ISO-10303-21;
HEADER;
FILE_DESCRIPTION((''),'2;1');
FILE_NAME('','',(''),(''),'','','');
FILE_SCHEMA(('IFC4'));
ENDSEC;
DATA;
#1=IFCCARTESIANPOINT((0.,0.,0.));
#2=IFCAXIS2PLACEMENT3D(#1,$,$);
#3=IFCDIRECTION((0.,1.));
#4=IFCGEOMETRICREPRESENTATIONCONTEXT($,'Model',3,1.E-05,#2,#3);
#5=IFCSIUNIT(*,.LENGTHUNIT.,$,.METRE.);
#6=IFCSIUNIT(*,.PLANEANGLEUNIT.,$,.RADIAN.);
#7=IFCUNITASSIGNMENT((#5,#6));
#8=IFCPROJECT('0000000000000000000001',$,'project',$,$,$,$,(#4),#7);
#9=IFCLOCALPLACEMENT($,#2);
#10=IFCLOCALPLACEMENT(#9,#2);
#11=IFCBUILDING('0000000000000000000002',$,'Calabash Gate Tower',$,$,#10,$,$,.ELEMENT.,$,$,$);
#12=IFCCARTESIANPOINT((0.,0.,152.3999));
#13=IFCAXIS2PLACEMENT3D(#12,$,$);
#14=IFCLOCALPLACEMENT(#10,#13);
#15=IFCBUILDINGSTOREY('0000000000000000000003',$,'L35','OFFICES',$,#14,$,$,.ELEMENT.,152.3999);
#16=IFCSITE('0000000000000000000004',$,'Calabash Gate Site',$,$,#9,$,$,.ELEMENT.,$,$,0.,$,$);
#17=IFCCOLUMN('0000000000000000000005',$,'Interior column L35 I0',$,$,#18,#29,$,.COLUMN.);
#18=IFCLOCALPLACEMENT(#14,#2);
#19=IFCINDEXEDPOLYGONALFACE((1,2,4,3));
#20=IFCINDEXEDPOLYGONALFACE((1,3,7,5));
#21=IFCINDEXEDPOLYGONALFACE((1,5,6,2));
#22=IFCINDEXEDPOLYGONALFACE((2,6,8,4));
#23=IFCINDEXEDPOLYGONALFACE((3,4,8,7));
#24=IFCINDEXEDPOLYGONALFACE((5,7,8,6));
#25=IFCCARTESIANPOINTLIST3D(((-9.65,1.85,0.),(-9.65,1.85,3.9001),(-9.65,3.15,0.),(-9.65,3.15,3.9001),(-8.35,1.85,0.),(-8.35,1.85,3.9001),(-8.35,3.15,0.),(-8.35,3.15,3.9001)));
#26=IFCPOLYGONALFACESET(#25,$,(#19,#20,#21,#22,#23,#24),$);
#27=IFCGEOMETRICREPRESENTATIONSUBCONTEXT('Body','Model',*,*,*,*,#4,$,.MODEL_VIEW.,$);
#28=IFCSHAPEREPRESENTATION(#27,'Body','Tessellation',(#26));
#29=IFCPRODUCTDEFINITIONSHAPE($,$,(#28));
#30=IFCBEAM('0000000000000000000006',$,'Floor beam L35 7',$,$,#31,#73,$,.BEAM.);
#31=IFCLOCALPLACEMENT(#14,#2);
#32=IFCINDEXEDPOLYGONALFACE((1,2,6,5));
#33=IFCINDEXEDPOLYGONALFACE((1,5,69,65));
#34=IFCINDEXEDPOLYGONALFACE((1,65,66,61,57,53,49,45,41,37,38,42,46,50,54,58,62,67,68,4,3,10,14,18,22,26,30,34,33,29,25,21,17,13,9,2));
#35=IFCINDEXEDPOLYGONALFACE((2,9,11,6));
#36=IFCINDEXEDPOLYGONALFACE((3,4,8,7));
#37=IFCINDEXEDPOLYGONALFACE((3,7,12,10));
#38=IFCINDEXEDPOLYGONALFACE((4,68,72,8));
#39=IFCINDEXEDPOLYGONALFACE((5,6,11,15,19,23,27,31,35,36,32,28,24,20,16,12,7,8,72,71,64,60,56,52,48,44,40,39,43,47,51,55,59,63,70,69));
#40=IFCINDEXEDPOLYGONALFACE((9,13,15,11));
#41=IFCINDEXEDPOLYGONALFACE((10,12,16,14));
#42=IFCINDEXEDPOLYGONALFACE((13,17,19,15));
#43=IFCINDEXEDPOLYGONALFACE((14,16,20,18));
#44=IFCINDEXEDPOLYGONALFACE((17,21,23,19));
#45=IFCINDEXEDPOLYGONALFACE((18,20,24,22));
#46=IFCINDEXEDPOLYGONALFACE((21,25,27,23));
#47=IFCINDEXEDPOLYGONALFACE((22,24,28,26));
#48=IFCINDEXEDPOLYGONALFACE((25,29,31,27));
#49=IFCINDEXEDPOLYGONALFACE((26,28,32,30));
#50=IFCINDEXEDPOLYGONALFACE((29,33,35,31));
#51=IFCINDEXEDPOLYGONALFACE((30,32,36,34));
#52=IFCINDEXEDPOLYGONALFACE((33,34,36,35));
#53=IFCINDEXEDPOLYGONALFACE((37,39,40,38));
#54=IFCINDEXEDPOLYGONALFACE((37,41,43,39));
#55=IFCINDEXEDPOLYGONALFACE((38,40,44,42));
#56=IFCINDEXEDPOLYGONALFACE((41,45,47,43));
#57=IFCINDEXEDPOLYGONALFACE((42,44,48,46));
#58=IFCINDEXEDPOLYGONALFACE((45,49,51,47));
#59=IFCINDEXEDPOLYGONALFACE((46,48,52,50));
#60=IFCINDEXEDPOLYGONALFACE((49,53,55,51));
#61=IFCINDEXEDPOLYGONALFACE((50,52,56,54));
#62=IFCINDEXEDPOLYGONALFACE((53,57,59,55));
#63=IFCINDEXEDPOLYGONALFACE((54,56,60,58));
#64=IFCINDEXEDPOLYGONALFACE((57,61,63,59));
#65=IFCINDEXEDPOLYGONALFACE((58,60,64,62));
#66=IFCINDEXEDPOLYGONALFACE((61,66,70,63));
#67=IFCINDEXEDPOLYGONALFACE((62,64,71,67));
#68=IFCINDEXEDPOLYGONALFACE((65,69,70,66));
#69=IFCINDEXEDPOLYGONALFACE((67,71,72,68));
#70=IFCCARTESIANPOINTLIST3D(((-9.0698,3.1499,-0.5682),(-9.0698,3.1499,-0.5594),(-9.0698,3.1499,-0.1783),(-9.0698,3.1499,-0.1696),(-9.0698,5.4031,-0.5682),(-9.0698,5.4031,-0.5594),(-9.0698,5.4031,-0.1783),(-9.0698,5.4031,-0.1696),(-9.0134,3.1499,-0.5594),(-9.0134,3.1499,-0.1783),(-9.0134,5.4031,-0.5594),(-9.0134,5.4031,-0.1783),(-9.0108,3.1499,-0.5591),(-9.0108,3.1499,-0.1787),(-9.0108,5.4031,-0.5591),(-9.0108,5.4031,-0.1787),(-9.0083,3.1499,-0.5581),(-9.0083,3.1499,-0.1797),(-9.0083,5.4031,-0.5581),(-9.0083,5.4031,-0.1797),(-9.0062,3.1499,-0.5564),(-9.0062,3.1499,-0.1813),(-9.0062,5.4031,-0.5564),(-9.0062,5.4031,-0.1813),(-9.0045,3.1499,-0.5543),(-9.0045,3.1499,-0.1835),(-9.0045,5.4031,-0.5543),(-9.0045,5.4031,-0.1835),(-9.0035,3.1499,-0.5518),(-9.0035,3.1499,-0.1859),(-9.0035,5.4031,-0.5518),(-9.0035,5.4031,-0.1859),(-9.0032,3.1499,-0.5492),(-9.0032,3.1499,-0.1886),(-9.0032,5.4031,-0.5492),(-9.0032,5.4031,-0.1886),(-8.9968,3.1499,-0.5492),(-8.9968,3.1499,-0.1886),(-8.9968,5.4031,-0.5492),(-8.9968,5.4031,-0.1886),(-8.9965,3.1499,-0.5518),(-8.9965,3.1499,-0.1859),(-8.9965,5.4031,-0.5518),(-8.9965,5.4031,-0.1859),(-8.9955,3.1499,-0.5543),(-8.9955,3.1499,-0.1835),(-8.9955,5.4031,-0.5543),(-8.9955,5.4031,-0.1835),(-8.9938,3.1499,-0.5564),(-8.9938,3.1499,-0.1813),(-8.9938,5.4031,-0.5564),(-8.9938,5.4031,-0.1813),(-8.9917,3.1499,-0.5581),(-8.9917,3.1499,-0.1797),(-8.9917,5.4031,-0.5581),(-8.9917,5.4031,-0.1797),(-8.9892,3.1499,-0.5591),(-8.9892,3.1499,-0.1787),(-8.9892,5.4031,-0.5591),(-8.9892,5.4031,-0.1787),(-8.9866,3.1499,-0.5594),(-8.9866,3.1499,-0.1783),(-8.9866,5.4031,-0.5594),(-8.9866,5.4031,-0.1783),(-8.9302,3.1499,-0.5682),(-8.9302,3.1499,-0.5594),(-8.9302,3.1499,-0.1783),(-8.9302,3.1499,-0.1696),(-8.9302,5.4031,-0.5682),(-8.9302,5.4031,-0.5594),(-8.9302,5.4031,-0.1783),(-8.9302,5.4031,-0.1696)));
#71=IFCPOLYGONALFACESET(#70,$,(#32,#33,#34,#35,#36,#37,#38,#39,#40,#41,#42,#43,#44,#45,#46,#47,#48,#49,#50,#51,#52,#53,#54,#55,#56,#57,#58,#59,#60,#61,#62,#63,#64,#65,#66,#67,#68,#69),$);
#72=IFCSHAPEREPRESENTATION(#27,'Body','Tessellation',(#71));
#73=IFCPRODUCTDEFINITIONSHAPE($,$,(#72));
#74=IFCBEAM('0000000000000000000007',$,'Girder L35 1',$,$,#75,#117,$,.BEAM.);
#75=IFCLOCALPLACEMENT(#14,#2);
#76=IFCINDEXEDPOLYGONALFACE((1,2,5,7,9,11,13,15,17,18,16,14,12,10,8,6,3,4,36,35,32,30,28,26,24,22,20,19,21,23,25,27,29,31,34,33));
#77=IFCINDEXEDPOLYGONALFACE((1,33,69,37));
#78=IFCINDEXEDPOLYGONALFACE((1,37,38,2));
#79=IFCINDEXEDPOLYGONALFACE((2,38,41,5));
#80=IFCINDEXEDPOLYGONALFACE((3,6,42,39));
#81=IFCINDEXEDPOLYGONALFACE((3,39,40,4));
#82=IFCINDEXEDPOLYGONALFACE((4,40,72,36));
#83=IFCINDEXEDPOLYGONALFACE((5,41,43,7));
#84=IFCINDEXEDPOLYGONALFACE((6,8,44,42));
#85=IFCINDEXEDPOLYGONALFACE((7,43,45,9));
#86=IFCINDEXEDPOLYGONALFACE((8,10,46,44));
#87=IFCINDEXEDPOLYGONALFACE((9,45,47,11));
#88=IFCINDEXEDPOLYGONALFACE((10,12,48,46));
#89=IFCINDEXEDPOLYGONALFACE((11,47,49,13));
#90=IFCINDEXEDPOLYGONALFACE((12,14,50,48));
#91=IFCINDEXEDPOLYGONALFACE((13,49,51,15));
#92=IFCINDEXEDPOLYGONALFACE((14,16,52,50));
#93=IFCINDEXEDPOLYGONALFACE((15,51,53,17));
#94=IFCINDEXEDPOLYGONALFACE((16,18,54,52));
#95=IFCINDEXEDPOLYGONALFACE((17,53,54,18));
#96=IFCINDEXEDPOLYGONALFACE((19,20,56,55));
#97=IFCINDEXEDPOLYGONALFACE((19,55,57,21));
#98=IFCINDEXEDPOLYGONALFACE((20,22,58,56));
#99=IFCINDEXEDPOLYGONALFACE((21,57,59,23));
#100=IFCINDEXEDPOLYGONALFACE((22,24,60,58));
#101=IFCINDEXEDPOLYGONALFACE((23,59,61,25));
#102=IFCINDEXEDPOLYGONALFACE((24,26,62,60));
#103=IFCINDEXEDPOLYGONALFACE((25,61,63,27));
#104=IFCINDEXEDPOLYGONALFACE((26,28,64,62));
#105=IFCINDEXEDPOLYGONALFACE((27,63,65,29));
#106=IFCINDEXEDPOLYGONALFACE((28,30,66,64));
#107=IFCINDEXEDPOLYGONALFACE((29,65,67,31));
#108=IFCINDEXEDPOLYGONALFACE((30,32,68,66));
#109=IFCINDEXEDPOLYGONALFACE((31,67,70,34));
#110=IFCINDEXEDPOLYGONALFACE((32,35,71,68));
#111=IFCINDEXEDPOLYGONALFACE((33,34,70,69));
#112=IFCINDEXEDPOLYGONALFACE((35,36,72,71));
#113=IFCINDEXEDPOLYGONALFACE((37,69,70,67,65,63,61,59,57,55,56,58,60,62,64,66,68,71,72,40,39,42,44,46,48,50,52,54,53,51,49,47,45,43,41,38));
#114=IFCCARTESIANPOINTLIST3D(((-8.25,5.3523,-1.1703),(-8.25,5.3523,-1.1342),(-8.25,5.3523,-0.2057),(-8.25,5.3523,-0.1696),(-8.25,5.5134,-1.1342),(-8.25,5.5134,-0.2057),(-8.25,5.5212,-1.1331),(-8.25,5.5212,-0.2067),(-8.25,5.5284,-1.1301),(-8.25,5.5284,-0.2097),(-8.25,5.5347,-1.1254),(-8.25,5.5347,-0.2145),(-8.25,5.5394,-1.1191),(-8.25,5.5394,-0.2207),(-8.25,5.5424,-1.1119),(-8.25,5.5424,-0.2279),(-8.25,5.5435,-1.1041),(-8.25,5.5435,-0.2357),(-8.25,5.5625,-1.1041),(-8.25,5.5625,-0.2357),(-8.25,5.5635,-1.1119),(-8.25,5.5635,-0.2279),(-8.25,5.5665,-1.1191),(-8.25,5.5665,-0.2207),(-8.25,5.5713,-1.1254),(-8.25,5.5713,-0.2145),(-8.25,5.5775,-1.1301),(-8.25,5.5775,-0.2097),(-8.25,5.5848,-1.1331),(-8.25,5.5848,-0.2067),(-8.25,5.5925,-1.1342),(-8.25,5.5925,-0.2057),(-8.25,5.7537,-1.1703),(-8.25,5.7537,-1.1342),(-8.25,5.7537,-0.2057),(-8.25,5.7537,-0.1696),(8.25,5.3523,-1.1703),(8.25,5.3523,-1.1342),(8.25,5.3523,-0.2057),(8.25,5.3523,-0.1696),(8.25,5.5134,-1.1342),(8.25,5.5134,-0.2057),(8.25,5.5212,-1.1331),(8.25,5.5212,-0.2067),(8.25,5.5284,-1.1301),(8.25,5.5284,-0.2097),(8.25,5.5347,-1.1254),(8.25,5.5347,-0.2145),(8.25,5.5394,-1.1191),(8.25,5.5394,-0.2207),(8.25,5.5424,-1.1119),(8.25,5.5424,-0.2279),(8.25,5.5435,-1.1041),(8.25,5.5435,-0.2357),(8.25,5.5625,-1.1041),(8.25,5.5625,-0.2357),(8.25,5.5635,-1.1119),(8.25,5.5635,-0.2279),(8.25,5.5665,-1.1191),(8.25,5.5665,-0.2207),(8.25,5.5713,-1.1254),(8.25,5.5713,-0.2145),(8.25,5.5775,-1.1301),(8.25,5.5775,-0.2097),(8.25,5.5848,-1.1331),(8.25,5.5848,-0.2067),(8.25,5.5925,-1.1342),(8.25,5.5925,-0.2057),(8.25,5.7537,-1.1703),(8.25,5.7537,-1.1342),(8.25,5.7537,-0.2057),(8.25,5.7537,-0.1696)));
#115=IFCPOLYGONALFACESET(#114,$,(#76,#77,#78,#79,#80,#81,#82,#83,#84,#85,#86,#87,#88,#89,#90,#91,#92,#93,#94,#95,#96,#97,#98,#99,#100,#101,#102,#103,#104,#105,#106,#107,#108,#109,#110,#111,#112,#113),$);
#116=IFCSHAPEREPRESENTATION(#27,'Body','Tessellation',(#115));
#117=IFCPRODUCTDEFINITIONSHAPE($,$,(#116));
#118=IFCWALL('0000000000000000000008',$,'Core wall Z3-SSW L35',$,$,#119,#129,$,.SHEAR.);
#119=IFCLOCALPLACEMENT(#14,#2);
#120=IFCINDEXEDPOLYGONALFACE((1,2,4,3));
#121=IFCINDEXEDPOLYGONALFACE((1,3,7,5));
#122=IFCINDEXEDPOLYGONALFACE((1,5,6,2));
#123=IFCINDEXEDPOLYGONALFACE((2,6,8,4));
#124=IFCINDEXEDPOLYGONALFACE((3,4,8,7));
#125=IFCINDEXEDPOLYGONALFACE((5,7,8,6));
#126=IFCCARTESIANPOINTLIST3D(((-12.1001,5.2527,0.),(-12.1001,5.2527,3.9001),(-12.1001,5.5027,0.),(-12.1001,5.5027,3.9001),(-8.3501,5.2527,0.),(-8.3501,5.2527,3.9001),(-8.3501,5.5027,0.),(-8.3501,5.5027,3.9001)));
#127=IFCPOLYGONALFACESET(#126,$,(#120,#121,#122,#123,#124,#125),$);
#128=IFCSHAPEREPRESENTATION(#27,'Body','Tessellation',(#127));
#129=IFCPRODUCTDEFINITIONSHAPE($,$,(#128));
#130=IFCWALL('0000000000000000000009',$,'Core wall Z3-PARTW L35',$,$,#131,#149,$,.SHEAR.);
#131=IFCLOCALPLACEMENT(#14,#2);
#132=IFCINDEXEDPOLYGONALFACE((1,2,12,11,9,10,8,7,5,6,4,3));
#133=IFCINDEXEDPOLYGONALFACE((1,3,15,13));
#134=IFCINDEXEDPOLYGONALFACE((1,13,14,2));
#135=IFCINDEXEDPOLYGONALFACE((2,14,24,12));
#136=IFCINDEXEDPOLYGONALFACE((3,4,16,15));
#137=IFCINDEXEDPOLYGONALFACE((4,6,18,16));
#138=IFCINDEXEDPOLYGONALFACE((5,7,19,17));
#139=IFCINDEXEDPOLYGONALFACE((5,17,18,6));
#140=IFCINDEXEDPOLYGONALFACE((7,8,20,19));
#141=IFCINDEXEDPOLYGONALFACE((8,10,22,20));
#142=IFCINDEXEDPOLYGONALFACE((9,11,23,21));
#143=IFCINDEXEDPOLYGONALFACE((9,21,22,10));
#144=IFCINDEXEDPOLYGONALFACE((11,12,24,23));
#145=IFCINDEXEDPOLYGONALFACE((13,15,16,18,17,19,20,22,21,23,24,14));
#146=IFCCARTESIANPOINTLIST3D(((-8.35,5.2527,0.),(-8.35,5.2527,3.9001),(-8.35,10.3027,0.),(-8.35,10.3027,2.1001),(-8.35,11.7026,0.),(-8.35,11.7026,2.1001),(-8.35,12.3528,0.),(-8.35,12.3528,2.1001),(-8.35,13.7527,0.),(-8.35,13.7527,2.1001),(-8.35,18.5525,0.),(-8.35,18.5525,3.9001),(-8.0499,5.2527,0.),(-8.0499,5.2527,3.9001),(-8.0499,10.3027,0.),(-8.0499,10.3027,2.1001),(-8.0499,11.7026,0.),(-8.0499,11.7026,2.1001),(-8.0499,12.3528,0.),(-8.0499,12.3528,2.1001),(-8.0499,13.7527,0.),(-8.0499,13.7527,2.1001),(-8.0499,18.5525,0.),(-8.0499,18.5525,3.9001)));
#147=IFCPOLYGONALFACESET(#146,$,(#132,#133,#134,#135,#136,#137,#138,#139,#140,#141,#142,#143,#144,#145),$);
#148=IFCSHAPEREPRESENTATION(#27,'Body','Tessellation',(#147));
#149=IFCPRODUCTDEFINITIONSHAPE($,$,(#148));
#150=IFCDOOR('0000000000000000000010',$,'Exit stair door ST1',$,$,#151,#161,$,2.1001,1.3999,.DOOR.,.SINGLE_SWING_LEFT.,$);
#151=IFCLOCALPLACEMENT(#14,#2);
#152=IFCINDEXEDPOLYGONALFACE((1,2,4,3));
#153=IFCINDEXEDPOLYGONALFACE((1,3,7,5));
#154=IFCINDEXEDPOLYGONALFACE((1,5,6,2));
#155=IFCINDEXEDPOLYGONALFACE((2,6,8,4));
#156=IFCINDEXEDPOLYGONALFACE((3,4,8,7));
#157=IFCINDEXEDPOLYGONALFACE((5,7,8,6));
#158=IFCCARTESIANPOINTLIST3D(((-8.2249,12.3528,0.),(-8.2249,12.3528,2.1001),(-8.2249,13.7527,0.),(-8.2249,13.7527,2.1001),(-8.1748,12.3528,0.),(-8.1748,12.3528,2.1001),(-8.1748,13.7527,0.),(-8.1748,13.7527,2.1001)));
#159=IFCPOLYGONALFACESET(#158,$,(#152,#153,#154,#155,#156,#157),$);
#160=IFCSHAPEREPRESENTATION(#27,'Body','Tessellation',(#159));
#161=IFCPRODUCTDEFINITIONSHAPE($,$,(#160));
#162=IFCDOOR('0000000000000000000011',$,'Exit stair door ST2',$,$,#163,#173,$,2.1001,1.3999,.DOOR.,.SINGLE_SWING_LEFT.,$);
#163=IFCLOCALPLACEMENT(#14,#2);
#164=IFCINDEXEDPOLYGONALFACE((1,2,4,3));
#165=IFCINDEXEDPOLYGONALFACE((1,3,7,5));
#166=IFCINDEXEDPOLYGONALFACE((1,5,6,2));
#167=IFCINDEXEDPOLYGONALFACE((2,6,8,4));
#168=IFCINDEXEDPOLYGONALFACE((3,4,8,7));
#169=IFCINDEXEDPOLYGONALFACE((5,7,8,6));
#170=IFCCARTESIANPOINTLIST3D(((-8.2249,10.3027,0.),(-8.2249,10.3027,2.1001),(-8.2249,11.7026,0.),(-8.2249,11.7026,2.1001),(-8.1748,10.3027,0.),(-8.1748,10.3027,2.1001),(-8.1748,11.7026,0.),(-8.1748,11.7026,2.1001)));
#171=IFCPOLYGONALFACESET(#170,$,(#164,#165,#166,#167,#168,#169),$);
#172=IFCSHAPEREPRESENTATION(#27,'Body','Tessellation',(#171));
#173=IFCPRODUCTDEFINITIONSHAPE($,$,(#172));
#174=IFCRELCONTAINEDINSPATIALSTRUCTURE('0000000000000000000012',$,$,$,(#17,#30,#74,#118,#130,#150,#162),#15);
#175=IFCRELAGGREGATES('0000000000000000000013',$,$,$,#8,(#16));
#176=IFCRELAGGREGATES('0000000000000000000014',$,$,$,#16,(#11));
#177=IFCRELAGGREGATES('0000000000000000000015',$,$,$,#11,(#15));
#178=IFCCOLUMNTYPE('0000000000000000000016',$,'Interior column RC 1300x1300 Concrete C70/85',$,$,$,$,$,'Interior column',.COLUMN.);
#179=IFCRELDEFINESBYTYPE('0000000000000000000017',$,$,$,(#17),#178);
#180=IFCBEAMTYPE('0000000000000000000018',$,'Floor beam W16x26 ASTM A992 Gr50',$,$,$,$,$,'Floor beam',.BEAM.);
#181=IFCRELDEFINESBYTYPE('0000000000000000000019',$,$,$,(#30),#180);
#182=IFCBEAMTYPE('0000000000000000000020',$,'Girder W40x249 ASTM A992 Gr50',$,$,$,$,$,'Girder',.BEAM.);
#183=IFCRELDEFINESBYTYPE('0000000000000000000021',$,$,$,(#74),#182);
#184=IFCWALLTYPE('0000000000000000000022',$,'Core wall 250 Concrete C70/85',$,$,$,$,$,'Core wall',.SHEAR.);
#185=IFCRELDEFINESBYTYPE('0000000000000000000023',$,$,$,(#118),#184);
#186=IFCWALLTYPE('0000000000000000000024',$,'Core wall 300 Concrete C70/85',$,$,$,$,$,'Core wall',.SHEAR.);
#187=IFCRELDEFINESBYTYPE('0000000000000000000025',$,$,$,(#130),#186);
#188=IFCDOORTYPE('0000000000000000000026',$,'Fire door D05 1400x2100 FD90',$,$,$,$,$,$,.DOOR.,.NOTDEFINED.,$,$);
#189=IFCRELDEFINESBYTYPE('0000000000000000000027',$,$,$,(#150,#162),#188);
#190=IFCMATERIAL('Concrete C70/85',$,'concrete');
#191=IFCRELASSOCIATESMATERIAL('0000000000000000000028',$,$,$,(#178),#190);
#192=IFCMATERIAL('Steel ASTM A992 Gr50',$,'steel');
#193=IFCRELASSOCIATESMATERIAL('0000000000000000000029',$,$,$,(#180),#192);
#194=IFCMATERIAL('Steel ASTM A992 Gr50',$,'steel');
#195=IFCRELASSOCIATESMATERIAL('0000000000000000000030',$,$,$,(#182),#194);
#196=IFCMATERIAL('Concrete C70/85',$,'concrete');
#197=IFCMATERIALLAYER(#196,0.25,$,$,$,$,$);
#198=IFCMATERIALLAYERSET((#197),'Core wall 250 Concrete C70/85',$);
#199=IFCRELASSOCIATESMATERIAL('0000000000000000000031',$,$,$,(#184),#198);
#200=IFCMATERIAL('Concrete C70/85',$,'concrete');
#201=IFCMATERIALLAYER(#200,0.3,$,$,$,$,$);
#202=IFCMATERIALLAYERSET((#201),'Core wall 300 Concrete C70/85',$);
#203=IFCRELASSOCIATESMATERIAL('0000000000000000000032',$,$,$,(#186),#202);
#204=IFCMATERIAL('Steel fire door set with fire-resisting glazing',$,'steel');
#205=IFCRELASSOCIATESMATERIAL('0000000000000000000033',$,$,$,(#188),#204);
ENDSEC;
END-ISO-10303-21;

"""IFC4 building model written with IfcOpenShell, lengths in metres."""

from ifc_helpers import new_model, si_unit, direction, frame, frame_2d, origin, origin_2d, place, context, subcontext, project, spatial, rectangle, i_section, extrude, material, layer, layer_set, material_profile, profile_set, type_object, element, fill, save


model = new_model("IFC4")

# Units and contexts
model_context = context("Model", 3, precision=1e-05, world=origin(), true_north=direction((0.0, 1.0)))
body_context = subcontext(model_context, "Body", "Model", "MODEL_VIEW")
ifc_project = project(units=[si_unit("LENGTHUNIT", "METRE"), si_unit("PLANEANGLEUNIT", "RADIAN")], contexts=[model_context])

# Site, building, storey
site_placement = place(None, origin())
site = spatial("IfcSite", under=ifc_project, at=site_placement, Name="Calabash Gate Site", CompositionType="ELEMENT", RefElevation=0.0)
building_placement = place(site_placement, origin())
building = spatial("IfcBuilding", under=site, at=building_placement, Name="Calabash Gate Tower", CompositionType="ELEMENT")
storey_placement = place(building_placement, frame((0.0, 0.0, 152.3999)))
storey = spatial("IfcBuildingStorey", under=building, at=storey_placement, Name="L35", Description="OFFICES", CompositionType="ELEMENT", Elevation=152.3999)

# Column
ifc_material_1 = material(Name="Concrete C70/85", Category="concrete")
ifc_material_profile_1 = material_profile(ifc_material_1, rectangle(XDim=1.3, YDim=1.3, at=origin_2d()))
ifc_profile_set_1 = profile_set([ifc_material_profile_1], Name="Concrete C70/85")
column_type = type_object("IfcColumnType", Name="Interior column RC 1300x1300 Concrete C70/85", ElementType="Interior column", PredefinedType="COLUMN", material=ifc_profile_set_1)
column_placement = place(storey_placement, frame((-9.0, 2.5, 0.0), z_axis=(0.0, 0.0, 1.0), x_axis=(1.0, 0.0, 0.0)))
element("IfcColumn", 1, at=column_placement, inside=storey, type_object=column_type, Name="Interior column L35 I0", PredefinedType="COLUMN", context=body_context, shape_type="SweptSolid", body=[
    extrude(rectangle(XDim=1.3, YDim=1.3, at=origin_2d()), origin(), (0.0, 0.0, 1.0), 3.9001),
])

# Beams
ifc_material_2 = material(Name="Steel ASTM A992 Gr50", Category="steel")
ifc_material_profile_2 = material_profile(ifc_material_2, i_section(OverallWidth=0.1396, OverallDepth=0.3987, WebThickness=0.0063, FlangeThickness=0.0088, FilletRadius=0.0103, at=origin_2d()))
ifc_profile_set_2 = profile_set([ifc_material_profile_2], Name="Steel ASTM A992 Gr50")
beam_type_1 = type_object("IfcBeamType", Name="Floor beam W16x26 ASTM A992 Gr50", ElementType="Floor beam", PredefinedType="BEAM", material=ifc_profile_set_2)
beam_1_placement = place(storey_placement, frame((-9.0, 3.1499, -0.3689), z_axis=(0.0, 1.0, 0.0), x_axis=(-1.0, 0.0, 0.0)))
element("IfcBeam", 2, at=beam_1_placement, inside=storey, type_object=beam_type_1, Name="Floor beam L35 7", PredefinedType="BEAM", context=body_context, shape_type="SweptSolid", body=[
    extrude(i_section(OverallWidth=0.1396, OverallDepth=0.3987, WebThickness=0.0063, FlangeThickness=0.0088, FilletRadius=0.0103, at=origin_2d()), origin(), (0.0, 0.0, 1.0), 2.2532),
])
ifc_material_3 = material(Name="Steel ASTM A992 Gr50", Category="steel")
ifc_material_profile_3 = material_profile(ifc_material_3, i_section(OverallWidth=0.4014, OverallDepth=1.0007, WebThickness=0.019, FlangeThickness=0.0361, FilletRadius=0.03, at=origin_2d()))
ifc_profile_set_3 = profile_set([ifc_material_profile_3], Name="Steel ASTM A992 Gr50")
beam_type_2 = type_object("IfcBeamType", Name="Girder W40x249 ASTM A992 Gr50", ElementType="Girder", PredefinedType="BEAM", material=ifc_profile_set_3)
beam_2_placement = place(storey_placement, frame((-8.25, 5.553, -0.6699), z_axis=(1.0, 0.0, 0.0), x_axis=(0.0, 1.0, 0.0)))
element("IfcBeam", 3, at=beam_2_placement, inside=storey, type_object=beam_type_2, Name="Girder L35 1", PredefinedType="BEAM", context=body_context, shape_type="SweptSolid", body=[
    extrude(i_section(OverallWidth=0.4014, OverallDepth=1.0007, WebThickness=0.019, FlangeThickness=0.0361, FilletRadius=0.03, at=origin_2d()), origin(), (0.0, 0.0, 1.0), 16.5),
])

# Wall
ifc_material_4 = material(Name="Concrete C70/85", Category="concrete")
ifc_layer_1 = layer(ifc_material_4, 0.25)
ifc_layer_set_1 = layer_set([ifc_layer_1], Name="Core wall 250 Concrete C70/85")
wall_type_1 = type_object("IfcWallType", Name="Core wall 250 Concrete C70/85", ElementType="Core wall", PredefinedType="SHEAR", material=ifc_layer_set_1)
wall_1_placement = place(storey_placement, frame((-12.1001, 5.3777, 0.0), z_axis=(0.0, 0.0, 1.0), x_axis=(1.0, 0.0, 0.0)))
element("IfcWall", 4, at=wall_1_placement, inside=storey, type_object=wall_type_1, Name="Core wall Z3-SSW L35", PredefinedType="SHEAR", context=body_context, shape_type="SweptSolid", body=[
    extrude(rectangle(XDim=3.75, YDim=0.25, at=frame_2d((1.875, 0.0))), origin(), (0.0, 0.0, 1.0), 3.9001),
])

# Wall, openings, doors
ifc_material_5 = material(Name="Concrete C70/85", Category="concrete")
ifc_layer_2 = layer(ifc_material_5, 0.3)
ifc_layer_set_2 = layer_set([ifc_layer_2], Name="Core wall 300 Concrete C70/85")
wall_type_2 = type_object("IfcWallType", Name="Core wall 300 Concrete C70/85", ElementType="Core wall", PredefinedType="SHEAR", material=ifc_layer_set_2)
wall_2_placement = place(storey_placement, frame((-8.2, 5.2527, 0.0), z_axis=(0.0, 0.0, 1.0), x_axis=(0.0, 1.0, 0.0)))
wall_2 = element("IfcWall", 5, at=wall_2_placement, inside=storey, type_object=wall_type_2, Name="Core wall Z3-PARTW L35", PredefinedType="SHEAR", context=body_context, shape_type="SweptSolid", body=[
    extrude(rectangle(XDim=13.2998, YDim=0.3, at=frame_2d((6.6499, 0.0))), origin(), (0.0, 0.0, 1.0), 3.9001),
])
opening_1_placement = place(wall_2_placement, frame((7.1001, 0.0, 0.0)))
opening_1 = element("IfcOpeningElement", 6, at=opening_1_placement, cuts=wall_2, PredefinedType="OPENING", context=body_context, shape_type="SweptSolid", body=[
    extrude(rectangle(XDim=1.3999, YDim=2.1001, at=frame_2d((0.7, 1.05))), frame((0.0, 0.1599, 0.0), z_axis=(0.0, -1.0, 0.0), x_axis=(1.0, 0.0, 0.0)), (0.0, 0.0, 1.0), 0.3201),
])
opening_2_placement = place(wall_2_placement, frame((5.05, 0.0, 0.0)))
opening_2 = element("IfcOpeningElement", 7, at=opening_2_placement, cuts=wall_2, PredefinedType="OPENING", context=body_context, shape_type="SweptSolid", body=[
    extrude(rectangle(XDim=1.3999, YDim=2.1001, at=frame_2d((0.7, 1.05))), frame((0.0, 0.1599, 0.0), z_axis=(0.0, -1.0, 0.0), x_axis=(1.0, 0.0, 0.0)), (0.0, 0.0, 1.0), 0.3201),
])
ifc_material_6 = material(Name="Steel fire door set with fire-resisting glazing", Category="steel")
door_type_1 = type_object("IfcDoorType", Name="Fire door D05 1400x2100 FD90", OperationType="NOTDEFINED", PredefinedType="DOOR", material=ifc_material_6)
door_1_placement = place(opening_1_placement, origin())
door_1 = element("IfcDoor", 8, at=door_1_placement, inside=storey, type_object=door_type_1, Name="Exit stair door ST1", OperationType="SINGLE_SWING_LEFT", OverallHeight=2.1001, OverallWidth=1.3999, PredefinedType="DOOR", context=body_context, shape_type="SweptSolid", body=[
    extrude(rectangle(XDim=1.3999, YDim=2.1001, at=frame_2d((0.7, 1.05))), frame((0.0, 0.0249, 0.0), z_axis=(0.0, -1.0, 0.0), x_axis=(1.0, 0.0, 0.0)), (0.0, 0.0, 1.0), 0.05),
])
fill(opening_1, door_1)
door_2_placement = place(opening_2_placement, origin())
door_2 = element("IfcDoor", 9, at=door_2_placement, inside=storey, type_object=door_type_1, Name="Exit stair door ST2", OperationType="SINGLE_SWING_LEFT", OverallHeight=2.1001, OverallWidth=1.3999, PredefinedType="DOOR", context=body_context, shape_type="SweptSolid", body=[
    extrude(rectangle(XDim=1.3999, YDim=2.1001, at=frame_2d((0.7, 1.05))), frame((0.0, 0.0249, 0.0), z_axis=(0.0, -1.0, 0.0), x_axis=(1.0, 0.0, 0.0)), (0.0, 0.0, 1.0), 0.05),
])
fill(opening_2, door_2)

save(model, "model.ifc")
